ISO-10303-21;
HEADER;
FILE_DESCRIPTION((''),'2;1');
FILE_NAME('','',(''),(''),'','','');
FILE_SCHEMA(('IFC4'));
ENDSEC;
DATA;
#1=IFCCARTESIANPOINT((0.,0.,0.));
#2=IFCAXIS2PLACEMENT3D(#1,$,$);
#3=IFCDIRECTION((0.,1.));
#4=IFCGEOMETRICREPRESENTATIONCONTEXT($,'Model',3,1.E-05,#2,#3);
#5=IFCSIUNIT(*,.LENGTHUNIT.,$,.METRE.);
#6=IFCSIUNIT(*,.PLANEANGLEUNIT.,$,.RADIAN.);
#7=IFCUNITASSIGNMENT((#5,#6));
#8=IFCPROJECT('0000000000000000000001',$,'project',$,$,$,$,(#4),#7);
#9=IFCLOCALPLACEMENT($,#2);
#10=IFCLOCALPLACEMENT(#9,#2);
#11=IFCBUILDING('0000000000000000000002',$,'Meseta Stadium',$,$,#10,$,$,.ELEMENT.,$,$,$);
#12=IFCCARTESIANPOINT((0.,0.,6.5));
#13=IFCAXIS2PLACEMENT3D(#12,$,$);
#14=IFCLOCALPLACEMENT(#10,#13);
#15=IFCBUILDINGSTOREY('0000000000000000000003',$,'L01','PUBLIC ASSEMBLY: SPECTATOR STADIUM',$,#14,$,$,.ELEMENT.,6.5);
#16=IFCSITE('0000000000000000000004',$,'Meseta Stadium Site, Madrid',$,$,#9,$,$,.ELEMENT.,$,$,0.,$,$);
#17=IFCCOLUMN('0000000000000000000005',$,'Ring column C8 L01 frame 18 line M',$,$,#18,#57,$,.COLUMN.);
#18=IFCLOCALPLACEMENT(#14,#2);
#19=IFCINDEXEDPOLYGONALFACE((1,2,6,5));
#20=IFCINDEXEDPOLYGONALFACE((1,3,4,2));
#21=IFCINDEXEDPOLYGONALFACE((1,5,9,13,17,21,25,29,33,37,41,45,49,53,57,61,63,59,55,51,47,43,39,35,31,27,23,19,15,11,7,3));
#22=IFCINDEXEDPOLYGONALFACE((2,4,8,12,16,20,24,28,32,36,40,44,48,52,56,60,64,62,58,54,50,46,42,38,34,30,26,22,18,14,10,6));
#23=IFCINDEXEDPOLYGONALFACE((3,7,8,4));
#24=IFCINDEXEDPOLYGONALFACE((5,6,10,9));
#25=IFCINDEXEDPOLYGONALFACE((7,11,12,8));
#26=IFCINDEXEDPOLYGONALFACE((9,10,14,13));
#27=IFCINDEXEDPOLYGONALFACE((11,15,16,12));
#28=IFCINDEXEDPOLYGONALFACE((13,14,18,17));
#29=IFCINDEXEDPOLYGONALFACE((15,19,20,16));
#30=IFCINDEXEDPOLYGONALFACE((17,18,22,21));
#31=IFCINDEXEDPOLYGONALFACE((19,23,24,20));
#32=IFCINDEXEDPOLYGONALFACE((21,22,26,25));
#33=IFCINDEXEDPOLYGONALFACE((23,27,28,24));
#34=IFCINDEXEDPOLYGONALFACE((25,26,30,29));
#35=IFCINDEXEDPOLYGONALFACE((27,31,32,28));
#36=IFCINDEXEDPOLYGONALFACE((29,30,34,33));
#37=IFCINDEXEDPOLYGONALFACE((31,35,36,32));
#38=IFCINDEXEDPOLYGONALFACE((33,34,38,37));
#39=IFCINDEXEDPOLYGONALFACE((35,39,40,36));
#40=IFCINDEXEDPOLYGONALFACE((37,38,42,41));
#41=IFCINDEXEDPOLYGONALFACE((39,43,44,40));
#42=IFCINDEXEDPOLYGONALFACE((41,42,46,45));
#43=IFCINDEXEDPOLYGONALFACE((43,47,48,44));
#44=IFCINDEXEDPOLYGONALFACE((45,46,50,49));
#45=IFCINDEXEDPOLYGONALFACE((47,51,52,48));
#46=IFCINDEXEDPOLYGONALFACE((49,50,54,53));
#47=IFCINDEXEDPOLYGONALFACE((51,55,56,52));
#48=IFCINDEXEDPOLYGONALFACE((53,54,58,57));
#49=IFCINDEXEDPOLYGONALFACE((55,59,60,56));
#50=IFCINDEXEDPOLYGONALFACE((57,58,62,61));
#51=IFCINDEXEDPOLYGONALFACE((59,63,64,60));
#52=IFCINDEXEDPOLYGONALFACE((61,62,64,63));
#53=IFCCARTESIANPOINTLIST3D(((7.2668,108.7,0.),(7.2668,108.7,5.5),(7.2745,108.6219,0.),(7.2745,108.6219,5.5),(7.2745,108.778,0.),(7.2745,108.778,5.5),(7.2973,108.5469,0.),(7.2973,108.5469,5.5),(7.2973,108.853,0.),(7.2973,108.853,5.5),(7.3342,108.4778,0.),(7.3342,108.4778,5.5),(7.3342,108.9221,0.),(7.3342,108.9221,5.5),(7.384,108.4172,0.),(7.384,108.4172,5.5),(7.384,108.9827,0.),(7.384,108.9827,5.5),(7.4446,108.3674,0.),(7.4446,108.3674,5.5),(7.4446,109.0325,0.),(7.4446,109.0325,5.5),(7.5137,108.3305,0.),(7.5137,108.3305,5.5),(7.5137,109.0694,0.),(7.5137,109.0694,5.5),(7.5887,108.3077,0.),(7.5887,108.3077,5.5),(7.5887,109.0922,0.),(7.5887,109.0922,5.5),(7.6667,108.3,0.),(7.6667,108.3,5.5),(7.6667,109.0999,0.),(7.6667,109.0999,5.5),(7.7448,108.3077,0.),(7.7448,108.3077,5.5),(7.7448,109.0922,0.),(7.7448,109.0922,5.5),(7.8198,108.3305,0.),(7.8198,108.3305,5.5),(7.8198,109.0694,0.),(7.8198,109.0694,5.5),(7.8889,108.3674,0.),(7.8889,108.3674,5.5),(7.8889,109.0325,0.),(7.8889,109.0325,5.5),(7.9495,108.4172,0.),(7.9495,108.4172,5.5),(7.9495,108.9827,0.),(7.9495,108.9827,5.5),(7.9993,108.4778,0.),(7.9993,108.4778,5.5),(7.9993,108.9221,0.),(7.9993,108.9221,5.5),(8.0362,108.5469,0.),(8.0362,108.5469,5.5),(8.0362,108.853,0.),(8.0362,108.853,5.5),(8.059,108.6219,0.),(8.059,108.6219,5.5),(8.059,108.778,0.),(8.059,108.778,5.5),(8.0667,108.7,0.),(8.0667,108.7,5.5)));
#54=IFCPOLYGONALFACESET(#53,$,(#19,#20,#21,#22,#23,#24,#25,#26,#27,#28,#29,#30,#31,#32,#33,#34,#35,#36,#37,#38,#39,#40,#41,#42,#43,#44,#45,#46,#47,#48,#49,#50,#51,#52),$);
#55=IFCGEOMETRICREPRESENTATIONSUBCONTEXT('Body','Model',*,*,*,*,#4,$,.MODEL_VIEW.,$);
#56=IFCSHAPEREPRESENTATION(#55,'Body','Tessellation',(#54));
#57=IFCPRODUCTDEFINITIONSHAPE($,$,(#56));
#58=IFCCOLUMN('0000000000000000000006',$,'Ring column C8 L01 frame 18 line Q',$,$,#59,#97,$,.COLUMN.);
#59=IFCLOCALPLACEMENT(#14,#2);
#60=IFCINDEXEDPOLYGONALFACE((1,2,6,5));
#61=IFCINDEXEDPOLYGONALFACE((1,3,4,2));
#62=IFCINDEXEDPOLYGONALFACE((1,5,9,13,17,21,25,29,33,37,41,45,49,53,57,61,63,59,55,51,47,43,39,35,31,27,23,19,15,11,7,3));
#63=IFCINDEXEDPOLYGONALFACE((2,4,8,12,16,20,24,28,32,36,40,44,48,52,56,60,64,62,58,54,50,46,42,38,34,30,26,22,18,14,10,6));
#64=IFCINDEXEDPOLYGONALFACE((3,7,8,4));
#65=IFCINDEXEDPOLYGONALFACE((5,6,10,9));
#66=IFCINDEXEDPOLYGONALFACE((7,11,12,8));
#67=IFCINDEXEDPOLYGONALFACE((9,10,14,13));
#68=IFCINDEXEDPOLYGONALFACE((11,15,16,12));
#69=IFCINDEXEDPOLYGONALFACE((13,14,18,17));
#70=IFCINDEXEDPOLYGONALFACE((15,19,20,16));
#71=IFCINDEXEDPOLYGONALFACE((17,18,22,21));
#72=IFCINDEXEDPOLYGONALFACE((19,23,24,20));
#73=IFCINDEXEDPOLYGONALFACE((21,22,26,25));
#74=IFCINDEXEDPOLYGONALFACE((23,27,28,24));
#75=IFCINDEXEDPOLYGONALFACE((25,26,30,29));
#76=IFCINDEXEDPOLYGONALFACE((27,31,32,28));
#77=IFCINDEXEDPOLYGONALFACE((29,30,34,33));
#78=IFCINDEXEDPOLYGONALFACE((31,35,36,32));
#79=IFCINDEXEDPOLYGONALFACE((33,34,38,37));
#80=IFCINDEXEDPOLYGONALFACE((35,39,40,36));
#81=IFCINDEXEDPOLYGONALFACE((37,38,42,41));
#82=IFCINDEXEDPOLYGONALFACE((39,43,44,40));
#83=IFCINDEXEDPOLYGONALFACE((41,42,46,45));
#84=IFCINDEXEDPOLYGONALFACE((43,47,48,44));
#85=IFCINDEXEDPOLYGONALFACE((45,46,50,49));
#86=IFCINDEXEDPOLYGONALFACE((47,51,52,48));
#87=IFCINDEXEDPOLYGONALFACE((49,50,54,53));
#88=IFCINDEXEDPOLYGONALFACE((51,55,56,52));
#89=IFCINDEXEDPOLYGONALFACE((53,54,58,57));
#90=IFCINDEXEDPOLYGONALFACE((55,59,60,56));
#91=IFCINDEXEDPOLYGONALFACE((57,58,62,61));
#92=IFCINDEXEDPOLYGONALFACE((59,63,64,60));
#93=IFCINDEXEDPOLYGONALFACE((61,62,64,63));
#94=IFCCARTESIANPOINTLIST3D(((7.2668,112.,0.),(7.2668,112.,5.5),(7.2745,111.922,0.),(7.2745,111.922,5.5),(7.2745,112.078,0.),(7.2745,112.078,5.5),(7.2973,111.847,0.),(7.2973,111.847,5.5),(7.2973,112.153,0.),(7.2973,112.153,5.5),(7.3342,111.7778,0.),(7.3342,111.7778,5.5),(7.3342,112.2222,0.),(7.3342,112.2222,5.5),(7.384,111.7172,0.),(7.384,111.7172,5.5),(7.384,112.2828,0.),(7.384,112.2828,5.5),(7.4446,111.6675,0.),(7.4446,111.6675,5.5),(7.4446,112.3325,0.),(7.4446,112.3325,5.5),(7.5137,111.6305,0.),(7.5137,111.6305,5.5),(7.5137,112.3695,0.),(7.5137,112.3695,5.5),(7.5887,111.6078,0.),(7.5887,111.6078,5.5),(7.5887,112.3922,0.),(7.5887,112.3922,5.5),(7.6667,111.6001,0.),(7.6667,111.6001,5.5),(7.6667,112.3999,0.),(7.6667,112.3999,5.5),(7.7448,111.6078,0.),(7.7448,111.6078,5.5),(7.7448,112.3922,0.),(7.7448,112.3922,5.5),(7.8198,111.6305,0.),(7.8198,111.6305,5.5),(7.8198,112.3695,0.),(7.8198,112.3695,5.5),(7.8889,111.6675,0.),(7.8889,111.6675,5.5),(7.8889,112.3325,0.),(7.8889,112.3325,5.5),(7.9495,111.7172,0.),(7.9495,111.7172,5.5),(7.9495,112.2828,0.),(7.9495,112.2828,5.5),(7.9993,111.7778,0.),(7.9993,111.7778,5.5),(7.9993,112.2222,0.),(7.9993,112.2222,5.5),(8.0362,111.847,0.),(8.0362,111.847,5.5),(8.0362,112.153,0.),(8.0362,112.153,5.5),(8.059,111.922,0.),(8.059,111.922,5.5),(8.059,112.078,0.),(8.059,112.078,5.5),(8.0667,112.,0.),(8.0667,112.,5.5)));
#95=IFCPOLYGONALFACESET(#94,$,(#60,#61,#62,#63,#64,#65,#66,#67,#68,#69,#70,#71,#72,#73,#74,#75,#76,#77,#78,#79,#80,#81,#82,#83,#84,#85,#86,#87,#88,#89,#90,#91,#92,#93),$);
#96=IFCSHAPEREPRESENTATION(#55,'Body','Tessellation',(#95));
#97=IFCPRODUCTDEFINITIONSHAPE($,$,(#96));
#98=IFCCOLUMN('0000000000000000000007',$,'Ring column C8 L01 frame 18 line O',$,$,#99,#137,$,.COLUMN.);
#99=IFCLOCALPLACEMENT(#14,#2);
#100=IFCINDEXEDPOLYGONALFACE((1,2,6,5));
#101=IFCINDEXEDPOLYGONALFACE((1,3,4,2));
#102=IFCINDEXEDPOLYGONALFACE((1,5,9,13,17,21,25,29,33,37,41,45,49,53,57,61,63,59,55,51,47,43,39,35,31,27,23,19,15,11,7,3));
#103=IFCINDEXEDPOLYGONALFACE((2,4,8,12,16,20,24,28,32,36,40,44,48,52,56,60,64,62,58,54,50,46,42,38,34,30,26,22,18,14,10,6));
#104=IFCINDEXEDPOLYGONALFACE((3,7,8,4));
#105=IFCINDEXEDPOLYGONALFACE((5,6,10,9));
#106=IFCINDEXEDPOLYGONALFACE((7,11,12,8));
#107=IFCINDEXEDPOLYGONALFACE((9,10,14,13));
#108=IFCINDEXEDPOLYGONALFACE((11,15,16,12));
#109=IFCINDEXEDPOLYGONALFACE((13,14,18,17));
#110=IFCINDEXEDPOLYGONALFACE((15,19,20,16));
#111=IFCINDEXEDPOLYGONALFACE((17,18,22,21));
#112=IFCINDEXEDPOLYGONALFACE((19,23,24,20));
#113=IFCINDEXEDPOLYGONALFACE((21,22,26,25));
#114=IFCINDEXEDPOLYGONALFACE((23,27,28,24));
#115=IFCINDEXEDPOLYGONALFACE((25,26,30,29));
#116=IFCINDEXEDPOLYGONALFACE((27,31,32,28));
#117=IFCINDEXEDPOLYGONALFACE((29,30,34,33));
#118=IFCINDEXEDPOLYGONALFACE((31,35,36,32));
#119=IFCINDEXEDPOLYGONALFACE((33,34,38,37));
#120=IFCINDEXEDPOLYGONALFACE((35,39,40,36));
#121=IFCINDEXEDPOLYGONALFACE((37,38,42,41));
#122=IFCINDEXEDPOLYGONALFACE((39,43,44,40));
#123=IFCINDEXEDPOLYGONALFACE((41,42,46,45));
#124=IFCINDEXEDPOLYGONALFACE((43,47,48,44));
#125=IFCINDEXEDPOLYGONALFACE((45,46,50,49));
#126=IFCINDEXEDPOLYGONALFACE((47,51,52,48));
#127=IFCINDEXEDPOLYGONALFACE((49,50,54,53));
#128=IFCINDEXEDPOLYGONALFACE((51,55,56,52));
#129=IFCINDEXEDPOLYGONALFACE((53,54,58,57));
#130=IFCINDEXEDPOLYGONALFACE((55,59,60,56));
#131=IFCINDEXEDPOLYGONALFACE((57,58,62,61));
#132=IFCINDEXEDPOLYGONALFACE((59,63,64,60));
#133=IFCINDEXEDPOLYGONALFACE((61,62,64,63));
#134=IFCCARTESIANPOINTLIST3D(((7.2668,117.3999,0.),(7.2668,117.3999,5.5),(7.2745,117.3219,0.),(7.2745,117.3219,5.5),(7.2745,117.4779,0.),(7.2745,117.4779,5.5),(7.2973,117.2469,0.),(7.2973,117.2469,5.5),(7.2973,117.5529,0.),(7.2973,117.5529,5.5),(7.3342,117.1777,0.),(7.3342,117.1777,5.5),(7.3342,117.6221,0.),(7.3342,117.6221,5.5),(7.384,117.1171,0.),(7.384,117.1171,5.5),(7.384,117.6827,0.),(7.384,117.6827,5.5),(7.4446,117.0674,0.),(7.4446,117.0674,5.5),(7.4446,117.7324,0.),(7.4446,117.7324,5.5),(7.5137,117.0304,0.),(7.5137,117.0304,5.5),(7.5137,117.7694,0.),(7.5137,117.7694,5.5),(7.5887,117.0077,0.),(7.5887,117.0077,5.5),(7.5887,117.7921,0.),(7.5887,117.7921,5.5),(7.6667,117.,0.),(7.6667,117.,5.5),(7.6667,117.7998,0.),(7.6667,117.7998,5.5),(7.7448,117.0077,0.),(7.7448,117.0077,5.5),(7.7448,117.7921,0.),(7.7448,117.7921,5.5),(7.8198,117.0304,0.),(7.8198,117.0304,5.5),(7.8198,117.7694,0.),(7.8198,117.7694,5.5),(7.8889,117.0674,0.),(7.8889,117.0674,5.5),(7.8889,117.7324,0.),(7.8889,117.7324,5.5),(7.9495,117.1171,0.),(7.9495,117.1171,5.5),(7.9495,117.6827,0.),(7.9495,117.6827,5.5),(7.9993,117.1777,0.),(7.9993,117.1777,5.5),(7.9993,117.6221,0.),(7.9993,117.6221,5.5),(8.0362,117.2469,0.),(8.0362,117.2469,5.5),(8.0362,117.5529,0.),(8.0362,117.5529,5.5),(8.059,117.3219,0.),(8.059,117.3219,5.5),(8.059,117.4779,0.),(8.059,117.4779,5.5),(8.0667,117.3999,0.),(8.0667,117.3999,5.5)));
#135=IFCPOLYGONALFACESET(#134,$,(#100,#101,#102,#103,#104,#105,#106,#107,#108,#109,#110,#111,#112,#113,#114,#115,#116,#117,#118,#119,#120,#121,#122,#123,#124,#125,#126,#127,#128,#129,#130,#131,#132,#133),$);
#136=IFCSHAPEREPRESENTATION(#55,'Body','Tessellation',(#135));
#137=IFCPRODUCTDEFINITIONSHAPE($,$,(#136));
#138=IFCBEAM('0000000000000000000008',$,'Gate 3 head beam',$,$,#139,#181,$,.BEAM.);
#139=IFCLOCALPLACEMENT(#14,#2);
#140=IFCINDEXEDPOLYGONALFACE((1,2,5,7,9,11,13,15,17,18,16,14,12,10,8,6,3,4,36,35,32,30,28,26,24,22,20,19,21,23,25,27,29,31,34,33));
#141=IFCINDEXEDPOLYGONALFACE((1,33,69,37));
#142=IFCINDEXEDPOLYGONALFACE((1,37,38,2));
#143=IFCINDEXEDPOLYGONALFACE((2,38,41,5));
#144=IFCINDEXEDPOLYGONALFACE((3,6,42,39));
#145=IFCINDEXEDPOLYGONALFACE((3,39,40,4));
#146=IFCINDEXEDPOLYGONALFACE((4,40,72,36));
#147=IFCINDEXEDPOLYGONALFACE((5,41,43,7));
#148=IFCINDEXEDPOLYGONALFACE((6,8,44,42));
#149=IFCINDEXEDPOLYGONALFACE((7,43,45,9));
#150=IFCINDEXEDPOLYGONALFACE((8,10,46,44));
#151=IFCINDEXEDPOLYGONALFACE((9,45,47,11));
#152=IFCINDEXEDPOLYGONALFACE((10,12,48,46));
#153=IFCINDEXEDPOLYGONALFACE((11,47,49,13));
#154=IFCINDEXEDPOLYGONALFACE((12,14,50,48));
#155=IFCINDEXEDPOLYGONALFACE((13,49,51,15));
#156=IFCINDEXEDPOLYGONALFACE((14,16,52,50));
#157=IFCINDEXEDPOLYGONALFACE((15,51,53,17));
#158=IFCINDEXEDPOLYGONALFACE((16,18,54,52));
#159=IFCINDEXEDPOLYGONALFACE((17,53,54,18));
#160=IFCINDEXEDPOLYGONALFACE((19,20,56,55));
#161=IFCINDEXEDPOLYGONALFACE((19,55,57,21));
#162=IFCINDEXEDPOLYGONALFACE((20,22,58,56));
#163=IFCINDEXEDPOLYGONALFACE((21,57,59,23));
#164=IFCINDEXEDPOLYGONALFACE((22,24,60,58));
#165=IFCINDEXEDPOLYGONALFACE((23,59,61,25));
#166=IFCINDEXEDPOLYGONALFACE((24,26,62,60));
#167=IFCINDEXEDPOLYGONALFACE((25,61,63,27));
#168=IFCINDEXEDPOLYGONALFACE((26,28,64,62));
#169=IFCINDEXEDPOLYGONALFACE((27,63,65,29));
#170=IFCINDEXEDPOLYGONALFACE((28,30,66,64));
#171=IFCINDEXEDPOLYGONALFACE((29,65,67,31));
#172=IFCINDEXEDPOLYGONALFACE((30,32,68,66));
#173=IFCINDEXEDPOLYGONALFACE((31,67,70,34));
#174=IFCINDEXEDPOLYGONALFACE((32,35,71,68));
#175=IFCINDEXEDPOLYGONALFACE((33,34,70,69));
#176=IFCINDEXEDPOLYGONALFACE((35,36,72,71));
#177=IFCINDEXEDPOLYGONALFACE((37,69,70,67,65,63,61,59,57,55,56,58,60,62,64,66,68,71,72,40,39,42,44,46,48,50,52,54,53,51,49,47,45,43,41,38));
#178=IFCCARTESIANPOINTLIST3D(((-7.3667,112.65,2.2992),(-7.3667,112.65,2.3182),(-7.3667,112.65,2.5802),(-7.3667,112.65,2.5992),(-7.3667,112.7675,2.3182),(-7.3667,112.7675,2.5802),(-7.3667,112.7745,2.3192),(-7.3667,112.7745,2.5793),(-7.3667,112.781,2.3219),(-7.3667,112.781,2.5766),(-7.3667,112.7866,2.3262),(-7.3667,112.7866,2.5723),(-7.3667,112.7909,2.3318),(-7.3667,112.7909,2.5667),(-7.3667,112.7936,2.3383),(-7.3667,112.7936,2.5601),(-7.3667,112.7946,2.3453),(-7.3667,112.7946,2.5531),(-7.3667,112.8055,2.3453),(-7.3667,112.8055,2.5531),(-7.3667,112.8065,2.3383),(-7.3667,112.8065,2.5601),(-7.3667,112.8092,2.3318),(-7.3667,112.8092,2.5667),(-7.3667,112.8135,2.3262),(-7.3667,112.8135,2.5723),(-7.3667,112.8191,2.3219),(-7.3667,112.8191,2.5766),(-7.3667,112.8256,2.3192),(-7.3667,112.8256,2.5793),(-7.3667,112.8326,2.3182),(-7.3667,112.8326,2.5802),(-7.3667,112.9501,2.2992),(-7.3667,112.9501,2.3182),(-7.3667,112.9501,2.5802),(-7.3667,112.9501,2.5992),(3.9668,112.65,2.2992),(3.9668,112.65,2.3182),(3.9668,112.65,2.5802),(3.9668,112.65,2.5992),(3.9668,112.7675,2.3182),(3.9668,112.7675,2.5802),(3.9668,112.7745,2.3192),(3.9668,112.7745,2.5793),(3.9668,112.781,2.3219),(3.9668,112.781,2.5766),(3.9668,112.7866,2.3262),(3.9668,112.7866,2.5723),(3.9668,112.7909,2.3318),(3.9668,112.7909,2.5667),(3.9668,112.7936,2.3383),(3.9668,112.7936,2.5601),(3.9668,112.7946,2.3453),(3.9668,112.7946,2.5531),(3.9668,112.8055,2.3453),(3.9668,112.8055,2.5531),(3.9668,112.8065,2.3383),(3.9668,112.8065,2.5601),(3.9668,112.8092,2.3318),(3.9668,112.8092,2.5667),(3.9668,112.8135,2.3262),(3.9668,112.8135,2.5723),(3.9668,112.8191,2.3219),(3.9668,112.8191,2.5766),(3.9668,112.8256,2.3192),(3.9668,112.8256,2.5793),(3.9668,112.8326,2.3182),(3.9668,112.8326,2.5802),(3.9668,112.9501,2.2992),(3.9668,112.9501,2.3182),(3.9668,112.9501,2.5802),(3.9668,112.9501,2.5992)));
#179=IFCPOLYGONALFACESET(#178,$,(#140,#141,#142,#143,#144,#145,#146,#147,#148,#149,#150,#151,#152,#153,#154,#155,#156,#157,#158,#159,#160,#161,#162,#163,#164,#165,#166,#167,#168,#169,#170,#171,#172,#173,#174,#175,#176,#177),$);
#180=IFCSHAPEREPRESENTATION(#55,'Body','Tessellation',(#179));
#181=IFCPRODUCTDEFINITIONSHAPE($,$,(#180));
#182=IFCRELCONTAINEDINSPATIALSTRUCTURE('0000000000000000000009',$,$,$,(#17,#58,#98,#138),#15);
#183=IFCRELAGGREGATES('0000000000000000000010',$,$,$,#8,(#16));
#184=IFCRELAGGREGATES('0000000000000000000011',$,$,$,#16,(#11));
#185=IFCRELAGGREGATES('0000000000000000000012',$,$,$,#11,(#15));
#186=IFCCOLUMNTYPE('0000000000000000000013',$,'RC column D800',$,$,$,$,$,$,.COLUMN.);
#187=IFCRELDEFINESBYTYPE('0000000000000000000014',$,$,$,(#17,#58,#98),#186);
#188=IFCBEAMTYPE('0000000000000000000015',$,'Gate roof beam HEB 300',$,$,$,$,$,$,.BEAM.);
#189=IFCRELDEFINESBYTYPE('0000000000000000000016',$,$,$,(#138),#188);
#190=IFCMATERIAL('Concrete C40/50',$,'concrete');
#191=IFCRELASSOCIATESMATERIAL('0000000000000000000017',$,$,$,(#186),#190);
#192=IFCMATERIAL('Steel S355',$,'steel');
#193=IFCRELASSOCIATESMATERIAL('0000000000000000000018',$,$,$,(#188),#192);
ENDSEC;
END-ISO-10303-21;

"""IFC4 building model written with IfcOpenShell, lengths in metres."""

from ifc_helpers import new_model, si_unit, direction, frame, origin, origin_2d, place, context, subcontext, project, spatial, circle, i_section, extrude, material, material_profile, profile_set, type_object, element, save


model = new_model("IFC4")

# Units and contexts
model_context = context("Model", 3, precision=1e-05, world=origin(), true_north=direction((0.0, 1.0)))
body_context = subcontext(model_context, "Body", "Model", "MODEL_VIEW")
ifc_project = project(units=[si_unit("LENGTHUNIT", "METRE"), si_unit("PLANEANGLEUNIT", "RADIAN")], contexts=[model_context])

# Site, building, storey
site_placement = place(None, origin())
site = spatial("IfcSite", under=ifc_project, at=site_placement, Name="Meseta Stadium Site, Madrid", CompositionType="ELEMENT", RefElevation=0.0)
building_placement = place(site_placement, origin())
building = spatial("IfcBuilding", under=site, at=building_placement, Name="Meseta Stadium", CompositionType="ELEMENT")
storey_placement = place(building_placement, frame((0.0, 0.0, 6.5)))
storey = spatial("IfcBuildingStorey", under=building, at=storey_placement, Name="L01", Description="PUBLIC ASSEMBLY: SPECTATOR STADIUM", CompositionType="ELEMENT", Elevation=6.5)

# Columns
ifc_material_1 = material(Name="Concrete C40/50", Category="concrete")
ifc_material_profile_1 = material_profile(ifc_material_1, circle(Radius=0.3999, at=origin_2d()), Name="RC D800")
ifc_profile_set_1 = profile_set([ifc_material_profile_1], Name="Concrete C40/50")
column_type_1 = type_object("IfcColumnType", Name="RC column D800", PredefinedType="COLUMN", material=ifc_profile_set_1)
for number, where, z_axis, x_axis, name in (
    (1, (7.6667, 108.7, 0.0), (0.0, 0.0, 1.0), (1.0, 0.0, 0.0), "Ring column C8 L01 frame 18 line M"),
    (2, (7.6667, 112.0, 0.0), (0.0, 0.0, 1.0), (1.0, 0.0, 0.0), "Ring column C8 L01 frame 18 line Q"),
    (3, (7.6667, 117.3999, 0.0), (0.0, 0.0, 1.0), (1.0, 0.0, 0.0), "Ring column C8 L01 frame 18 line O"),
):
    element("IfcColumn", number, at=place(storey_placement, frame(where, z_axis=z_axis, x_axis=x_axis)), inside=storey, type_object=column_type_1, Name=name, PredefinedType="COLUMN", context=body_context, shape_type="SweptSolid", body=[
        extrude(circle(Radius=0.3999, at=origin_2d()), origin(), (0.0, 0.0, 1.0), 5.5),
    ])

# Beam
ifc_material_2 = material(Name="Steel S355", Category="steel")
ifc_material_profile_2 = material_profile(ifc_material_2, i_section(OverallWidth=0.3, OverallDepth=0.3, WebThickness=0.011, FlangeThickness=0.019, FilletRadius=0.0271, at=origin_2d()), Name="HEB 300")
ifc_profile_set_2 = profile_set([ifc_material_profile_2], Name="Steel S355")
beam_type_1 = type_object("IfcBeamType", Name="Gate roof beam HEB 300", PredefinedType="BEAM", material=ifc_profile_set_2)
beam_1_placement = place(storey_placement, frame((3.9668, 112.8, 2.4492), z_axis=(-1.0, 0.0, 0.0), x_axis=(0.0, -1.0, 0.0)))
element("IfcBeam", 4, at=beam_1_placement, inside=storey, type_object=beam_type_1, Name="Gate 3 head beam", PredefinedType="BEAM", context=body_context, shape_type="SweptSolid", body=[
    extrude(i_section(OverallWidth=0.3, OverallDepth=0.3, WebThickness=0.011, FlangeThickness=0.019, FilletRadius=0.0271, at=origin_2d()), origin(), (0.0, 0.0, 1.0), 11.3335),
])

save(model, "model.ifc")
